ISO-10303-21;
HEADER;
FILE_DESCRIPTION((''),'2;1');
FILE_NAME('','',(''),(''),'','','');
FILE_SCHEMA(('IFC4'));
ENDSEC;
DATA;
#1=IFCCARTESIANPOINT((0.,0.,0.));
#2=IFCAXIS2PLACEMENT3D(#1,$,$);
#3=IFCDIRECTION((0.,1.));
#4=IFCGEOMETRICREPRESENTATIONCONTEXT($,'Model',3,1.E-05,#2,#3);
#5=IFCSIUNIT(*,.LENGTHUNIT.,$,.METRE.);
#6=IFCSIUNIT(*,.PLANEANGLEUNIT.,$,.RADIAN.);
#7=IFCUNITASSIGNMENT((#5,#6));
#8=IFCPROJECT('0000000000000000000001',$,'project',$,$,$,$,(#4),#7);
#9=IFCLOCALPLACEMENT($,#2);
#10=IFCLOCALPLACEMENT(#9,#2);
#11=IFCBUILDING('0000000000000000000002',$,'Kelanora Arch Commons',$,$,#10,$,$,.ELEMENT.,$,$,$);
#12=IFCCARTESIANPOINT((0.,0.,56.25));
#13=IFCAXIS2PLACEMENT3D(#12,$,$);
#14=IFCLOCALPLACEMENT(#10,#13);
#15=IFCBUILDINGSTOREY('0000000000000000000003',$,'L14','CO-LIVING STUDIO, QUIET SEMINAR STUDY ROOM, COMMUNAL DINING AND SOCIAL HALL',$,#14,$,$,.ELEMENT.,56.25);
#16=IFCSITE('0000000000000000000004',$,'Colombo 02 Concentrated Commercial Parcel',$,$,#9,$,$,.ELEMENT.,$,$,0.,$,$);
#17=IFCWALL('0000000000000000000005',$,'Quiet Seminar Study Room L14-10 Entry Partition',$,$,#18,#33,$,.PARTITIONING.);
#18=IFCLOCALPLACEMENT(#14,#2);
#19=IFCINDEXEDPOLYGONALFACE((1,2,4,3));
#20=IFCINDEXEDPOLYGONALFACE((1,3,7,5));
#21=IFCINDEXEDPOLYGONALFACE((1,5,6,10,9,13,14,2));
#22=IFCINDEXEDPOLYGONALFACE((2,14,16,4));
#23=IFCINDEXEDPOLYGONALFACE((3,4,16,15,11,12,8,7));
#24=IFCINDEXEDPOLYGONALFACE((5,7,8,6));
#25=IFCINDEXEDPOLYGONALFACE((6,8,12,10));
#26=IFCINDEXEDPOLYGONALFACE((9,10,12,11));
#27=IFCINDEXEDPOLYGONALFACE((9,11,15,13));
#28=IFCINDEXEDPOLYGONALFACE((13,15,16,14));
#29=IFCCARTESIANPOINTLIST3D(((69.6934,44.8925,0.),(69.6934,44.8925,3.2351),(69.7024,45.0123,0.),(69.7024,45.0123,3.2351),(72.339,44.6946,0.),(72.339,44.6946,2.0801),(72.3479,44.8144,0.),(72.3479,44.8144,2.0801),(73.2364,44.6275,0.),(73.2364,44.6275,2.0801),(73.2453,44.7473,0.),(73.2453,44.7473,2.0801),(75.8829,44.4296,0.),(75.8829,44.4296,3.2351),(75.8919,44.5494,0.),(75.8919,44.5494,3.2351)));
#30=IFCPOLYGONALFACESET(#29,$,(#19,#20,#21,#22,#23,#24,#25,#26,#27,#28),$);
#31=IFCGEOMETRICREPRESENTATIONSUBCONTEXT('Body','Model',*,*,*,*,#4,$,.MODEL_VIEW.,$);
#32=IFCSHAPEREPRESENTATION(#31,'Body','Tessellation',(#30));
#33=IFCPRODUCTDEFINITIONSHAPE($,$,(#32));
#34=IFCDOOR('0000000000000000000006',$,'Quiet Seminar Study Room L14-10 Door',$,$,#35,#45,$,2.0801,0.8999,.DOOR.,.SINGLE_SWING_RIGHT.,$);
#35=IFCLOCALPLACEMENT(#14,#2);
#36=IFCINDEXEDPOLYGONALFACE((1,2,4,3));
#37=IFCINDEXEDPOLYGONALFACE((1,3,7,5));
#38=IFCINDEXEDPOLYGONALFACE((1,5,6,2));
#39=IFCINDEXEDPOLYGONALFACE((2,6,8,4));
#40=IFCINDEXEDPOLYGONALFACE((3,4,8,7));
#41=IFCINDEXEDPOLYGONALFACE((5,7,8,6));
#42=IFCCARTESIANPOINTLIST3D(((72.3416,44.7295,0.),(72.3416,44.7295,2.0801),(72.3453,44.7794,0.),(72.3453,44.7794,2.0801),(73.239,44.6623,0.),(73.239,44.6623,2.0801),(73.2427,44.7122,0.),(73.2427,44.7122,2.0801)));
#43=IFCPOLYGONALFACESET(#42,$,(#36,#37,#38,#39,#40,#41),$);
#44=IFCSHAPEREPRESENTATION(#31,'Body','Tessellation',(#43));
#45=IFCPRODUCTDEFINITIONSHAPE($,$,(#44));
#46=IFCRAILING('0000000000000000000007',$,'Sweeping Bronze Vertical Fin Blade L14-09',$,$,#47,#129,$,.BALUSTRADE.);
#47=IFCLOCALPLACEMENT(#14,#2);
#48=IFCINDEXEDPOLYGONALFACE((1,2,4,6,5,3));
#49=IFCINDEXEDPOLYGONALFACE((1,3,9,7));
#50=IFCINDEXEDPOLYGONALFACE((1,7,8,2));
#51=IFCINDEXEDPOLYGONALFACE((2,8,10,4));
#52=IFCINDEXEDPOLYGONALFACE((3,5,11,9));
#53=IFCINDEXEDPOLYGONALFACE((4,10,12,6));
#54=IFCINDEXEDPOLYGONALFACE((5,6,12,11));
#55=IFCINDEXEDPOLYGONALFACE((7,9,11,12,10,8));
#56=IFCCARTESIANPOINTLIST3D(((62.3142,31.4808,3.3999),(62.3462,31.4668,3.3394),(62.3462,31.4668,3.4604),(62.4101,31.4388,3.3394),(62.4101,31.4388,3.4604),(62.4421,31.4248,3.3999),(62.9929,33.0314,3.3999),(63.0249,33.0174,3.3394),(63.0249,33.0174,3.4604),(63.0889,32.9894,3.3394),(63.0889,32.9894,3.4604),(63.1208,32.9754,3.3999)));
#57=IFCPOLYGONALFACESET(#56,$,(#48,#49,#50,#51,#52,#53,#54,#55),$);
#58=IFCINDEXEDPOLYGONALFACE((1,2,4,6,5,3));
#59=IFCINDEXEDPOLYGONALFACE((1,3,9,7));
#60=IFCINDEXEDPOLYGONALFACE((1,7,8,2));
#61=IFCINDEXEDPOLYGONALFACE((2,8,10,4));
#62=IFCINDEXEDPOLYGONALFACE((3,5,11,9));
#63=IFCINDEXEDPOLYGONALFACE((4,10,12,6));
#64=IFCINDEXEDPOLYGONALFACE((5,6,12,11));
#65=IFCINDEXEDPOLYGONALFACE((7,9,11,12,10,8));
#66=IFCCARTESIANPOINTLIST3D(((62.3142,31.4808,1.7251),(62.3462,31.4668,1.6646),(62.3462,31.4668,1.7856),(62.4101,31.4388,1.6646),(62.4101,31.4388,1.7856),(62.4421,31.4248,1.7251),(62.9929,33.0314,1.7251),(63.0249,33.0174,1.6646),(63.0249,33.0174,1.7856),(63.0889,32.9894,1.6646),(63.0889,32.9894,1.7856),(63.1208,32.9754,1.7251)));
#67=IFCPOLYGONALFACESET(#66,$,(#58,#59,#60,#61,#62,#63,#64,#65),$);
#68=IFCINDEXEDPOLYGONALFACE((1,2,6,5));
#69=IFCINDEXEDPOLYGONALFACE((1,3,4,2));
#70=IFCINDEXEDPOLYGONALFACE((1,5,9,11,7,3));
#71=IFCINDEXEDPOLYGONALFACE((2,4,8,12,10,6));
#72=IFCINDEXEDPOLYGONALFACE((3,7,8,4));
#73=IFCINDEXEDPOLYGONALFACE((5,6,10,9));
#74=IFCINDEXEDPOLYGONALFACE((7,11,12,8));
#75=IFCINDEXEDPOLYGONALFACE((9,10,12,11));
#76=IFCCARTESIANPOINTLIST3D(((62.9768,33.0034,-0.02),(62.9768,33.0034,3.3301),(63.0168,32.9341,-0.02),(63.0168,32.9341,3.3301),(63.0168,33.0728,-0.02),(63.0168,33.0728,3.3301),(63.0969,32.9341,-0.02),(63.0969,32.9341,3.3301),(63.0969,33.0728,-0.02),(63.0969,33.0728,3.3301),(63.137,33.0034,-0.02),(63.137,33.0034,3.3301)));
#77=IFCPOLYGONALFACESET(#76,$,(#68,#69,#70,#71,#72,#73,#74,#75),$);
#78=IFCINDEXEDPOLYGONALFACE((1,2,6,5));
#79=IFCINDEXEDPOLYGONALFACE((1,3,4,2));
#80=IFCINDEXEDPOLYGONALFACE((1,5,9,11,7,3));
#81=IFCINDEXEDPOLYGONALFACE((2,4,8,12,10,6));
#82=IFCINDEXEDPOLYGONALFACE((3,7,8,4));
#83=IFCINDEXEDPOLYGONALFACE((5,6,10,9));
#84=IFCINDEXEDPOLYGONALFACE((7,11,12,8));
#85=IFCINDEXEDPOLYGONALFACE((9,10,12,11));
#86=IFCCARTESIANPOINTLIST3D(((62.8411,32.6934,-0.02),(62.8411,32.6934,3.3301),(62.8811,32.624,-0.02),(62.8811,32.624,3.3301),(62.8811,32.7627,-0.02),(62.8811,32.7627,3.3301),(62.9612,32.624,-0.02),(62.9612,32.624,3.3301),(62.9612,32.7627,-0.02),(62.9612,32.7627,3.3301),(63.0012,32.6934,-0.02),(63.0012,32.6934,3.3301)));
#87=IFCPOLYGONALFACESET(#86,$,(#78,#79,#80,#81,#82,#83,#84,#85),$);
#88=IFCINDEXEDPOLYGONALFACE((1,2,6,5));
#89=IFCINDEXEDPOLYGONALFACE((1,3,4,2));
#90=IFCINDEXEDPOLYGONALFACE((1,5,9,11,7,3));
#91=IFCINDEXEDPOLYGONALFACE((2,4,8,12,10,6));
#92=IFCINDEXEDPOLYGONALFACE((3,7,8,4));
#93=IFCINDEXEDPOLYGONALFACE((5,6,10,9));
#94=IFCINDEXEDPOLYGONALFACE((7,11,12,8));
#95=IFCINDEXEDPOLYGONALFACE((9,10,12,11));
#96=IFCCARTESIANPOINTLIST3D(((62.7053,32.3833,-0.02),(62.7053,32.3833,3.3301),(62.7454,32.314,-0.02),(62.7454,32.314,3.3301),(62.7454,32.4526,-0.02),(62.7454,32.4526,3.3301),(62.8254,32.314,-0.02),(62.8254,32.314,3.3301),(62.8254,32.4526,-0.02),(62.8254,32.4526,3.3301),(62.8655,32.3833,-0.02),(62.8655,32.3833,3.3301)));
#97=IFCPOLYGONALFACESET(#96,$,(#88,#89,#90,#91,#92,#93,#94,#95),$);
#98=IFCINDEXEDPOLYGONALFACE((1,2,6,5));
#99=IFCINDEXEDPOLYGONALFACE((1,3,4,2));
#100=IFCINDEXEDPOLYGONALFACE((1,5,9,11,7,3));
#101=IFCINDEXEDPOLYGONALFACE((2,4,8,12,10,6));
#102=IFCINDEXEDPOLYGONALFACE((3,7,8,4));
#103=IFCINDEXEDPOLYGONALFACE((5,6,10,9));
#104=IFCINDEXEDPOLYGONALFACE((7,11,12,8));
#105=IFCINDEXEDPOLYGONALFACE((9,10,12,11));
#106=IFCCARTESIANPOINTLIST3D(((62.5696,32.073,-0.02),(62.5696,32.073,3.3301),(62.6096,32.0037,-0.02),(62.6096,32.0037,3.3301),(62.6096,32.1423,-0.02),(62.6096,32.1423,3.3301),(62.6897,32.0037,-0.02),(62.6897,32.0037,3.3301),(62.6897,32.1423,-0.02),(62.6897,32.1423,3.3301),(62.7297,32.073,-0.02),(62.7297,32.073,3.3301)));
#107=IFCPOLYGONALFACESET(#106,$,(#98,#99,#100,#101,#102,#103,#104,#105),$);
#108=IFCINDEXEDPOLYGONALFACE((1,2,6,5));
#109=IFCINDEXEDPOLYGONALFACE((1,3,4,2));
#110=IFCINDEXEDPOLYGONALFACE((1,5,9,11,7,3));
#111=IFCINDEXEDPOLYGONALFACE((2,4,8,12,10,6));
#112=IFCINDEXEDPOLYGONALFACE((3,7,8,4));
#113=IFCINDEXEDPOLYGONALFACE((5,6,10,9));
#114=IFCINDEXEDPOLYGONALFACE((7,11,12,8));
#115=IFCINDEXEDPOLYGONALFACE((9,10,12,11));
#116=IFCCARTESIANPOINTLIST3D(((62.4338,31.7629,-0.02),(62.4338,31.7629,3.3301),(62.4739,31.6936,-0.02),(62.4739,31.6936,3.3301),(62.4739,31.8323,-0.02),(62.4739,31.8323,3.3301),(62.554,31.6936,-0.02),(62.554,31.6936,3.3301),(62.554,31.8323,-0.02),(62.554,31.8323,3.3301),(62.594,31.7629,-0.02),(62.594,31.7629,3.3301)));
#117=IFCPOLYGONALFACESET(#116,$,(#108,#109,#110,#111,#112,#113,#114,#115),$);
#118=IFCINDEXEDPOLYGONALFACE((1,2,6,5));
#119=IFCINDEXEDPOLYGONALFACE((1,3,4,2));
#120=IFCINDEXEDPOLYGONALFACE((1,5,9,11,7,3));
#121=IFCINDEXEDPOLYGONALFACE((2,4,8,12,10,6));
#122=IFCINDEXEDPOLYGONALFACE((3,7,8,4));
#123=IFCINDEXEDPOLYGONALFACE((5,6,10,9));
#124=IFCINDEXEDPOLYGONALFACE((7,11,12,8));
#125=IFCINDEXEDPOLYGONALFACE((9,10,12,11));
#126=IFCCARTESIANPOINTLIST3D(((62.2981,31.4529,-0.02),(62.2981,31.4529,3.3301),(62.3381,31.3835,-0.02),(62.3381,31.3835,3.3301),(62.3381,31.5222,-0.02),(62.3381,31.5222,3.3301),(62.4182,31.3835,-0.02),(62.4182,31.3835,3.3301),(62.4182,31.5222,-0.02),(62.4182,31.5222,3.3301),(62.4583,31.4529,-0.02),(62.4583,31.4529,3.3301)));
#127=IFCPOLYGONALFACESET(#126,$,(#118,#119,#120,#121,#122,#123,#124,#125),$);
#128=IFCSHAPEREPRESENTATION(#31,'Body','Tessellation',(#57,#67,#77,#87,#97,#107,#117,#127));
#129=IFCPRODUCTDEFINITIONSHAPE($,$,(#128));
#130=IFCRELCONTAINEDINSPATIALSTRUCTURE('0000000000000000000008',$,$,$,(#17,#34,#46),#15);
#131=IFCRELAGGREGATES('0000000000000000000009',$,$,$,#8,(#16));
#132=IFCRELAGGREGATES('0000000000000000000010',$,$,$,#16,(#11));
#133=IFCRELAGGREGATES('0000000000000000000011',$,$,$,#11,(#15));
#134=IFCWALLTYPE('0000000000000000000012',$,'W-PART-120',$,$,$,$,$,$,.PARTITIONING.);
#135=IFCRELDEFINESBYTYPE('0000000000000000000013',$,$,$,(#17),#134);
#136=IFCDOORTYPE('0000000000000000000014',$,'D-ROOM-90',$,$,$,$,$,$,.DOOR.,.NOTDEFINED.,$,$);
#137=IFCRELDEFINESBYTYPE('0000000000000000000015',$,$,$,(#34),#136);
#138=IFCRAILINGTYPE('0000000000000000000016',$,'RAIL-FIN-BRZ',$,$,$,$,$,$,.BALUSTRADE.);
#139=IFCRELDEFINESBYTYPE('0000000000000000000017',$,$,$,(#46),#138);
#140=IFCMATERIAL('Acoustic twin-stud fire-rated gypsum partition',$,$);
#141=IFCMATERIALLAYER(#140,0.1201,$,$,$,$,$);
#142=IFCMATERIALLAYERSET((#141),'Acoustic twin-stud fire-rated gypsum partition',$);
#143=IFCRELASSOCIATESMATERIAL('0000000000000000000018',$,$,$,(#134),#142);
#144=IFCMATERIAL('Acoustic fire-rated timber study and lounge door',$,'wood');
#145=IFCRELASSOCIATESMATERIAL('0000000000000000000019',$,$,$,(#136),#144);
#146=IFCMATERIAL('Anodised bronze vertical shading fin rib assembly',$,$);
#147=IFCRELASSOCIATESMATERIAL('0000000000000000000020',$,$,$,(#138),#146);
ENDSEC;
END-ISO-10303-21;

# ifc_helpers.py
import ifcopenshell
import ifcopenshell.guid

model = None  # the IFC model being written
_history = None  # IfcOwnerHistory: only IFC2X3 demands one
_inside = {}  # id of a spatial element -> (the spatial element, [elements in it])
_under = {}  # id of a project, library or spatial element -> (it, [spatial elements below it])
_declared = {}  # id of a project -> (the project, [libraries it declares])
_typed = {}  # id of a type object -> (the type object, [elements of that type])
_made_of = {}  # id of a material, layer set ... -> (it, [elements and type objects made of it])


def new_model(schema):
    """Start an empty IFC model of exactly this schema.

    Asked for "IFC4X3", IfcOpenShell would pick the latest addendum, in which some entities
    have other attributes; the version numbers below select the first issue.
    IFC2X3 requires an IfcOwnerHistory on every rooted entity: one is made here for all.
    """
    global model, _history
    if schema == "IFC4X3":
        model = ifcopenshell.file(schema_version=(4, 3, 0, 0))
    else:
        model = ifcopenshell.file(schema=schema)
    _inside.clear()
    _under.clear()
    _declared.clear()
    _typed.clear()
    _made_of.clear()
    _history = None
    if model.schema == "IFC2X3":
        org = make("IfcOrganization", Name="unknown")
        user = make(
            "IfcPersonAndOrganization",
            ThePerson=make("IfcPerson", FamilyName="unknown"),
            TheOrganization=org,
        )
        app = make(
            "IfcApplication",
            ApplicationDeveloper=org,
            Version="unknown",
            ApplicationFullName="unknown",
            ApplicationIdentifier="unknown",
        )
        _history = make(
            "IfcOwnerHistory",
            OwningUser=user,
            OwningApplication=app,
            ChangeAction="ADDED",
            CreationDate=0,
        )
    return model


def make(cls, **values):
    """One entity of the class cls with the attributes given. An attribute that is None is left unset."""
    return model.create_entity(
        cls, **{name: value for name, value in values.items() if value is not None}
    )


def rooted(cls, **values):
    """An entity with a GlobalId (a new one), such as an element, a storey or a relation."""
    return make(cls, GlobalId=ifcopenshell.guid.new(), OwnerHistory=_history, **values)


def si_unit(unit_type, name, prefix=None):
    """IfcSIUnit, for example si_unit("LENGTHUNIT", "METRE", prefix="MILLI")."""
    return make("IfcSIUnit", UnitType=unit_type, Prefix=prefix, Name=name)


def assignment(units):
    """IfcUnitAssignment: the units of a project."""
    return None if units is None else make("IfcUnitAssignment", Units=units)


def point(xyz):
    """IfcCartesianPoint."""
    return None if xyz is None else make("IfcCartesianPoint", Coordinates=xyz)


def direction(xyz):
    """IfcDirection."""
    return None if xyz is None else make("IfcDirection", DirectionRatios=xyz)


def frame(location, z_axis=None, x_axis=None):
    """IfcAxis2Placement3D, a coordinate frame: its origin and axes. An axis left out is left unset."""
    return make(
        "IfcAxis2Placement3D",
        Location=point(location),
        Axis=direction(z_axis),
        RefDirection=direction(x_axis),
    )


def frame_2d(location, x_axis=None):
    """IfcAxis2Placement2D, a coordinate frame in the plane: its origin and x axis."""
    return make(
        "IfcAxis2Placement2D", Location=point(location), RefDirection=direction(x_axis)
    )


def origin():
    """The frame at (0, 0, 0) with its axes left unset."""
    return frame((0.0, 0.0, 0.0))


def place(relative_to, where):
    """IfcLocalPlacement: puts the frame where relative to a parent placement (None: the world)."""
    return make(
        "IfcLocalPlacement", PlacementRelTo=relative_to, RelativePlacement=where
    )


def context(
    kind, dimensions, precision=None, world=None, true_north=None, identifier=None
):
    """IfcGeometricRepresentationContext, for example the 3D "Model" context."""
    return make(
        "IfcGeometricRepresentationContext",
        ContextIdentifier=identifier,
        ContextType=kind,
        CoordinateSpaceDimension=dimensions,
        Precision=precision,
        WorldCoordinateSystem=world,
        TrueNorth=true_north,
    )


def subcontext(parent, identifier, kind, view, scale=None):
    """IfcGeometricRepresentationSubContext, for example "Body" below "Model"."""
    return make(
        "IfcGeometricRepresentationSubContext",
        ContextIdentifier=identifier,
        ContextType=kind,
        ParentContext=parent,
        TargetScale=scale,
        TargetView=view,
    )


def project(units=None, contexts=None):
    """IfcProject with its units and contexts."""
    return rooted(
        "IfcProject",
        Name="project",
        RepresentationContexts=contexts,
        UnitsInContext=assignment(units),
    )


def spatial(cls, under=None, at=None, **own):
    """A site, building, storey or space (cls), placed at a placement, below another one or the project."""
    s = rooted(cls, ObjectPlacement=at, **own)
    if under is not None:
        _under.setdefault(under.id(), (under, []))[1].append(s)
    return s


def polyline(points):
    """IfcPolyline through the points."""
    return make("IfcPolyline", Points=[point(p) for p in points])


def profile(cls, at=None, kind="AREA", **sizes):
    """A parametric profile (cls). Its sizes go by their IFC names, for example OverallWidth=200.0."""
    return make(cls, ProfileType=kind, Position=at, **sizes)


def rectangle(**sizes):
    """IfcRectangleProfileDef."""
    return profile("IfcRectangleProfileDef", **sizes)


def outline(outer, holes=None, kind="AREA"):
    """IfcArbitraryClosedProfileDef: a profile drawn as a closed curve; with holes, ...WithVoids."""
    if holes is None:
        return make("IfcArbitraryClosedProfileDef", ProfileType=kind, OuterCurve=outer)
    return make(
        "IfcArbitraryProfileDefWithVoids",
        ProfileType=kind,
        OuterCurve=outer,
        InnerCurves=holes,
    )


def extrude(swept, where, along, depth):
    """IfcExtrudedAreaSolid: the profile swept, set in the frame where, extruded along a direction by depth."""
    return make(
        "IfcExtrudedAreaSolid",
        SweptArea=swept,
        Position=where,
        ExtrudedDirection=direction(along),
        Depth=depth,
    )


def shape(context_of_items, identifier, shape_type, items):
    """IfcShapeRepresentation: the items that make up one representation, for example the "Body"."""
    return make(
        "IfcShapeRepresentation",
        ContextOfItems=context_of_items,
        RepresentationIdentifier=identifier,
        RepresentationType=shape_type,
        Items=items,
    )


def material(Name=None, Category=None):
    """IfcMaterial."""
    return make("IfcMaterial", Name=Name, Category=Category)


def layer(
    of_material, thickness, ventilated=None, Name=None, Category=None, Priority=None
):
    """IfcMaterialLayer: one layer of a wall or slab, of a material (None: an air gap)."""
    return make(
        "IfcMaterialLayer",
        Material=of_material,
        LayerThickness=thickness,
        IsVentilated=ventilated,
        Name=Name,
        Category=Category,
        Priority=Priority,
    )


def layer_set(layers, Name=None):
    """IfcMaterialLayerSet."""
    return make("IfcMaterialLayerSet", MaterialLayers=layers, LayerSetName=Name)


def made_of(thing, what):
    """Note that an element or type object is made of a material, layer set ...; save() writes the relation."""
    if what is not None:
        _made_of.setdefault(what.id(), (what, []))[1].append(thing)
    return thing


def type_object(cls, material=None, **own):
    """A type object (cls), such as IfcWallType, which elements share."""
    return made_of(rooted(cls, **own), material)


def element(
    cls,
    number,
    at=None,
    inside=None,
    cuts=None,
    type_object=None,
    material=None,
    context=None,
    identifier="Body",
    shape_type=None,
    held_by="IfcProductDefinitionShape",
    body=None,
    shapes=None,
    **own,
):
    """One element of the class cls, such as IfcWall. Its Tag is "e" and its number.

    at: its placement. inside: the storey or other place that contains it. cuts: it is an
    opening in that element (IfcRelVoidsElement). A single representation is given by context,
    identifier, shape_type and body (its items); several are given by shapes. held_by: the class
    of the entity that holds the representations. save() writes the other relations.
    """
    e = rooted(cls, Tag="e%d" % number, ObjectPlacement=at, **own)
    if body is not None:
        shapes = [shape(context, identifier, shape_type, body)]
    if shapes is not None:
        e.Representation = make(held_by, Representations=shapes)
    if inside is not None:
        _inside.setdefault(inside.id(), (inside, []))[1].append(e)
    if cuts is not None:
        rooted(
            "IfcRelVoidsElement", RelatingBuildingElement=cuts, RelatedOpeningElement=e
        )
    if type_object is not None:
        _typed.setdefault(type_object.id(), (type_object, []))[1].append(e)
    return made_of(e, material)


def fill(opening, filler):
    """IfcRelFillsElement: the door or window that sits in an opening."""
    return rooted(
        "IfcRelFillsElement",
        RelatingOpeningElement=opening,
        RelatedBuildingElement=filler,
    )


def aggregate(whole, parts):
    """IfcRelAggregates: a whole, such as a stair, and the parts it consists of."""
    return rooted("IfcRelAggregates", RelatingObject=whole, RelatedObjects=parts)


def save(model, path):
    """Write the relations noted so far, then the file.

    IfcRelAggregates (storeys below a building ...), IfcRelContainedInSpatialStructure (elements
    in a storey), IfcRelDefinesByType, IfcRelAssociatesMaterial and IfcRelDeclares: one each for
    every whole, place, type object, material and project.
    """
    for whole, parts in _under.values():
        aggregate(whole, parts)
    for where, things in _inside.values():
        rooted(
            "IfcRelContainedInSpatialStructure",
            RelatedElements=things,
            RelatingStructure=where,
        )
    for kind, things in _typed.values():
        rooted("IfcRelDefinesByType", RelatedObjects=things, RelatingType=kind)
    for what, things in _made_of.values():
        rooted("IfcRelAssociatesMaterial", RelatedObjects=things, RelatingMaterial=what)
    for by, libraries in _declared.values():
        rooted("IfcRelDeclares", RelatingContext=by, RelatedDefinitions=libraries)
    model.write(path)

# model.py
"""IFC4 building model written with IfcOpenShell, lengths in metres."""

from ifc_helpers import new_model, si_unit, direction, frame, frame_2d, origin, place, context, subcontext, project, spatial, polyline, rectangle, outline, extrude, material, layer, layer_set, type_object, element, fill, save


model = new_model("IFC4")

# Units and contexts
model_context = context("Model", 3, precision=1e-05, world=origin(), true_north=direction((0.0, 1.0)))
body_context = subcontext(model_context, "Body", "Model", "MODEL_VIEW")
ifc_project = project(units=[si_unit("LENGTHUNIT", "METRE"), si_unit("PLANEANGLEUNIT", "RADIAN")], contexts=[model_context])

# Site, building, storey
site_placement = place(None, origin())
site = spatial("IfcSite", under=ifc_project, at=site_placement, Name="Colombo 02 Concentrated Commercial Parcel", CompositionType="ELEMENT", RefElevation=0.0)
building_placement = place(site_placement, origin())
building = spatial("IfcBuilding", under=site, at=building_placement, Name="Kelanora Arch Commons", CompositionType="ELEMENT")
storey_placement = place(building_placement, frame((0.0, 0.0, 56.25)))
storey = spatial("IfcBuildingStorey", under=building, at=storey_placement, Name="L14", Description="CO-LIVING STUDIO, QUIET SEMINAR STUDY ROOM, COMMUNAL DINING AND SOCIAL HALL", CompositionType="ELEMENT", Elevation=56.25)

# Wall, opening, door
ifc_material_1 = material(Name="Acoustic twin-stud fire-rated gypsum partition")
ifc_layer_1 = layer(ifc_material_1, 0.1201)
ifc_layer_set_1 = layer_set([ifc_layer_1], Name="Acoustic twin-stud fire-rated gypsum partition")
wall_type_1 = type_object("IfcWallType", Name="W-PART-120", PredefinedType="PARTITIONING", material=ifc_layer_set_1)
ifc_material_2 = material(Name="Acoustic fire-rated timber study and lounge door", Category="wood")
door_type = type_object("IfcDoorType", Name="D-ROOM-90", OperationType="NOTDEFINED", PredefinedType="DOOR", material=ifc_material_2)
wall_1_placement = place(storey_placement, frame((69.6978, 44.9524, 0.0), z_axis=(0.0, 0.0, 1.0), x_axis=(0.997215, -0.074579, 0.0)))
wall_1 = element("IfcWall", 1, at=wall_1_placement, inside=storey, type_object=wall_type_1, Name="Quiet Seminar Study Room L14-10 Entry Partition", PredefinedType="PARTITIONING", context=body_context, shape_type="SweptSolid", body=[
    extrude(rectangle(XDim=6.2068, YDim=0.1201, at=frame_2d((3.1035, 0.0))), origin(), (0.0, 0.0, 1.0), 3.2351),
])
opening_1_placement = place(wall_1_placement, frame((2.6531, 0.0, 0.0)))
opening_1 = element("IfcOpeningElement", 2, at=opening_1_placement, cuts=wall_1, PredefinedType="OPENING", context=body_context, shape_type="SweptSolid", body=[
    extrude(rectangle(XDim=0.8999, YDim=2.0801, at=frame_2d((0.45, 1.04))), frame((0.0, 0.0701, 0.0), z_axis=(0.0, -1.0, 0.0), x_axis=(1.0, 0.0, 0.0)), (0.0, 0.0, 1.0), 0.1401),
])
door_1_placement = place(opening_1_placement, origin())
door_1 = element("IfcDoor", 3, at=door_1_placement, inside=storey, type_object=door_type, Name="Quiet Seminar Study Room L14-10 Door", OperationType="SINGLE_SWING_RIGHT", OverallHeight=2.0801, OverallWidth=0.8999, PredefinedType="DOOR", context=body_context, shape_type="SweptSolid", body=[
    extrude(rectangle(XDim=0.8999, YDim=2.0801, at=frame_2d((0.45, 1.04))), frame((0.0, 0.0249, 0.0), z_axis=(0.0, -1.0, 0.0), x_axis=(1.0, 0.0, 0.0)), (0.0, 0.0, 1.0), 0.05),
])
fill(opening_1, door_1)

# Railing
ifc_material_3 = material(Name="Anodised bronze vertical shading fin rib assembly")
railing_type = type_object("IfcRailingType", Name="RAIL-FIN-BRZ", PredefinedType="BALUSTRADE", material=ifc_material_3)
railing_1_placement = place(storey_placement, frame((63.0569, 33.0034, -0.02)))
element("IfcRailing", 4, at=railing_1_placement, inside=storey, type_object=railing_type, Name="Sweeping Bronze Vertical Fin Blade L14-09", PredefinedType="BALUSTRADE", context=body_context, shape_type="SweptSolid", body=[
    extrude(outline(polyline([(0.0698, 0.0), (0.0349, 0.0605), (-0.0349, 0.0605), (-0.0698, 0.0), (-0.0349, -0.0605), (0.0349, -0.0605), (0.0698, 0.0)])), frame((0.0, 0.0, 3.4199), z_axis=(-0.400993, -0.916081, 0.0), x_axis=(0.916081, -0.400993, 0.0)), (0.0, 0.0, 1.0), 1.6926),
    extrude(outline(polyline([(0.0698, 0.0), (0.0349, 0.0605), (-0.0349, 0.0605), (-0.0698, 0.0), (-0.0349, -0.0605), (0.0349, -0.0605), (0.0698, 0.0)])), frame((0.0, 0.0, 1.7451), z_axis=(-0.400993, -0.916081, 0.0), x_axis=(0.916081, -0.400993, 0.0)), (0.0, 0.0, 1.0), 1.6926),
    extrude(outline(polyline([(0.0801, 0.0), (0.04, 0.0693), (-0.04, 0.0693), (-0.0801, 0.0), (-0.04, -0.0693), (0.04, -0.0693), (0.0801, 0.0)])), origin(), (0.0, 0.0, 1.0), 3.3501),
    extrude(outline(polyline([(0.0801, 0.0), (0.04, 0.0693), (-0.04, 0.0693), (-0.0801, 0.0), (-0.04, -0.0693), (0.04, -0.0693), (0.0801, 0.0)])), frame((-0.1357, -0.3101, 0.0)), (0.0, 0.0, 1.0), 3.3501),
    extrude(outline(polyline([(0.0801, 0.0), (0.04, 0.0693), (-0.04, 0.0693), (-0.0801, 0.0), (-0.04, -0.0693), (0.04, -0.0693), (0.0801, 0.0)])), frame((-0.2715, -0.6201, 0.0)), (0.0, 0.0, 1.0), 3.3501),
    extrude(outline(polyline([(0.0801, 0.0), (0.04, 0.0693), (-0.04, 0.0693), (-0.0801, 0.0), (-0.04, -0.0693), (0.04, -0.0693), (0.0801, 0.0)])), frame((-0.4072, -0.9304, 0.0)), (0.0, 0.0, 1.0), 3.3501),
    extrude(outline(polyline([(0.0801, 0.0), (0.04, 0.0693), (-0.04, 0.0693), (-0.0801, 0.0), (-0.04, -0.0693), (0.04, -0.0693), (0.0801, 0.0)])), frame((-0.543, -1.2405, 0.0)), (0.0, 0.0, 1.0), 3.3501),
    extrude(outline(polyline([(0.0801, 0.0), (0.04, 0.0693), (-0.04, 0.0693), (-0.0801, 0.0), (-0.04, -0.0693), (0.04, -0.0693), (0.0801, 0.0)])), frame((-0.6787, -1.5505, 0.0)), (0.0, 0.0, 1.0), 3.3501),
])

save(model, "model.ifc")
